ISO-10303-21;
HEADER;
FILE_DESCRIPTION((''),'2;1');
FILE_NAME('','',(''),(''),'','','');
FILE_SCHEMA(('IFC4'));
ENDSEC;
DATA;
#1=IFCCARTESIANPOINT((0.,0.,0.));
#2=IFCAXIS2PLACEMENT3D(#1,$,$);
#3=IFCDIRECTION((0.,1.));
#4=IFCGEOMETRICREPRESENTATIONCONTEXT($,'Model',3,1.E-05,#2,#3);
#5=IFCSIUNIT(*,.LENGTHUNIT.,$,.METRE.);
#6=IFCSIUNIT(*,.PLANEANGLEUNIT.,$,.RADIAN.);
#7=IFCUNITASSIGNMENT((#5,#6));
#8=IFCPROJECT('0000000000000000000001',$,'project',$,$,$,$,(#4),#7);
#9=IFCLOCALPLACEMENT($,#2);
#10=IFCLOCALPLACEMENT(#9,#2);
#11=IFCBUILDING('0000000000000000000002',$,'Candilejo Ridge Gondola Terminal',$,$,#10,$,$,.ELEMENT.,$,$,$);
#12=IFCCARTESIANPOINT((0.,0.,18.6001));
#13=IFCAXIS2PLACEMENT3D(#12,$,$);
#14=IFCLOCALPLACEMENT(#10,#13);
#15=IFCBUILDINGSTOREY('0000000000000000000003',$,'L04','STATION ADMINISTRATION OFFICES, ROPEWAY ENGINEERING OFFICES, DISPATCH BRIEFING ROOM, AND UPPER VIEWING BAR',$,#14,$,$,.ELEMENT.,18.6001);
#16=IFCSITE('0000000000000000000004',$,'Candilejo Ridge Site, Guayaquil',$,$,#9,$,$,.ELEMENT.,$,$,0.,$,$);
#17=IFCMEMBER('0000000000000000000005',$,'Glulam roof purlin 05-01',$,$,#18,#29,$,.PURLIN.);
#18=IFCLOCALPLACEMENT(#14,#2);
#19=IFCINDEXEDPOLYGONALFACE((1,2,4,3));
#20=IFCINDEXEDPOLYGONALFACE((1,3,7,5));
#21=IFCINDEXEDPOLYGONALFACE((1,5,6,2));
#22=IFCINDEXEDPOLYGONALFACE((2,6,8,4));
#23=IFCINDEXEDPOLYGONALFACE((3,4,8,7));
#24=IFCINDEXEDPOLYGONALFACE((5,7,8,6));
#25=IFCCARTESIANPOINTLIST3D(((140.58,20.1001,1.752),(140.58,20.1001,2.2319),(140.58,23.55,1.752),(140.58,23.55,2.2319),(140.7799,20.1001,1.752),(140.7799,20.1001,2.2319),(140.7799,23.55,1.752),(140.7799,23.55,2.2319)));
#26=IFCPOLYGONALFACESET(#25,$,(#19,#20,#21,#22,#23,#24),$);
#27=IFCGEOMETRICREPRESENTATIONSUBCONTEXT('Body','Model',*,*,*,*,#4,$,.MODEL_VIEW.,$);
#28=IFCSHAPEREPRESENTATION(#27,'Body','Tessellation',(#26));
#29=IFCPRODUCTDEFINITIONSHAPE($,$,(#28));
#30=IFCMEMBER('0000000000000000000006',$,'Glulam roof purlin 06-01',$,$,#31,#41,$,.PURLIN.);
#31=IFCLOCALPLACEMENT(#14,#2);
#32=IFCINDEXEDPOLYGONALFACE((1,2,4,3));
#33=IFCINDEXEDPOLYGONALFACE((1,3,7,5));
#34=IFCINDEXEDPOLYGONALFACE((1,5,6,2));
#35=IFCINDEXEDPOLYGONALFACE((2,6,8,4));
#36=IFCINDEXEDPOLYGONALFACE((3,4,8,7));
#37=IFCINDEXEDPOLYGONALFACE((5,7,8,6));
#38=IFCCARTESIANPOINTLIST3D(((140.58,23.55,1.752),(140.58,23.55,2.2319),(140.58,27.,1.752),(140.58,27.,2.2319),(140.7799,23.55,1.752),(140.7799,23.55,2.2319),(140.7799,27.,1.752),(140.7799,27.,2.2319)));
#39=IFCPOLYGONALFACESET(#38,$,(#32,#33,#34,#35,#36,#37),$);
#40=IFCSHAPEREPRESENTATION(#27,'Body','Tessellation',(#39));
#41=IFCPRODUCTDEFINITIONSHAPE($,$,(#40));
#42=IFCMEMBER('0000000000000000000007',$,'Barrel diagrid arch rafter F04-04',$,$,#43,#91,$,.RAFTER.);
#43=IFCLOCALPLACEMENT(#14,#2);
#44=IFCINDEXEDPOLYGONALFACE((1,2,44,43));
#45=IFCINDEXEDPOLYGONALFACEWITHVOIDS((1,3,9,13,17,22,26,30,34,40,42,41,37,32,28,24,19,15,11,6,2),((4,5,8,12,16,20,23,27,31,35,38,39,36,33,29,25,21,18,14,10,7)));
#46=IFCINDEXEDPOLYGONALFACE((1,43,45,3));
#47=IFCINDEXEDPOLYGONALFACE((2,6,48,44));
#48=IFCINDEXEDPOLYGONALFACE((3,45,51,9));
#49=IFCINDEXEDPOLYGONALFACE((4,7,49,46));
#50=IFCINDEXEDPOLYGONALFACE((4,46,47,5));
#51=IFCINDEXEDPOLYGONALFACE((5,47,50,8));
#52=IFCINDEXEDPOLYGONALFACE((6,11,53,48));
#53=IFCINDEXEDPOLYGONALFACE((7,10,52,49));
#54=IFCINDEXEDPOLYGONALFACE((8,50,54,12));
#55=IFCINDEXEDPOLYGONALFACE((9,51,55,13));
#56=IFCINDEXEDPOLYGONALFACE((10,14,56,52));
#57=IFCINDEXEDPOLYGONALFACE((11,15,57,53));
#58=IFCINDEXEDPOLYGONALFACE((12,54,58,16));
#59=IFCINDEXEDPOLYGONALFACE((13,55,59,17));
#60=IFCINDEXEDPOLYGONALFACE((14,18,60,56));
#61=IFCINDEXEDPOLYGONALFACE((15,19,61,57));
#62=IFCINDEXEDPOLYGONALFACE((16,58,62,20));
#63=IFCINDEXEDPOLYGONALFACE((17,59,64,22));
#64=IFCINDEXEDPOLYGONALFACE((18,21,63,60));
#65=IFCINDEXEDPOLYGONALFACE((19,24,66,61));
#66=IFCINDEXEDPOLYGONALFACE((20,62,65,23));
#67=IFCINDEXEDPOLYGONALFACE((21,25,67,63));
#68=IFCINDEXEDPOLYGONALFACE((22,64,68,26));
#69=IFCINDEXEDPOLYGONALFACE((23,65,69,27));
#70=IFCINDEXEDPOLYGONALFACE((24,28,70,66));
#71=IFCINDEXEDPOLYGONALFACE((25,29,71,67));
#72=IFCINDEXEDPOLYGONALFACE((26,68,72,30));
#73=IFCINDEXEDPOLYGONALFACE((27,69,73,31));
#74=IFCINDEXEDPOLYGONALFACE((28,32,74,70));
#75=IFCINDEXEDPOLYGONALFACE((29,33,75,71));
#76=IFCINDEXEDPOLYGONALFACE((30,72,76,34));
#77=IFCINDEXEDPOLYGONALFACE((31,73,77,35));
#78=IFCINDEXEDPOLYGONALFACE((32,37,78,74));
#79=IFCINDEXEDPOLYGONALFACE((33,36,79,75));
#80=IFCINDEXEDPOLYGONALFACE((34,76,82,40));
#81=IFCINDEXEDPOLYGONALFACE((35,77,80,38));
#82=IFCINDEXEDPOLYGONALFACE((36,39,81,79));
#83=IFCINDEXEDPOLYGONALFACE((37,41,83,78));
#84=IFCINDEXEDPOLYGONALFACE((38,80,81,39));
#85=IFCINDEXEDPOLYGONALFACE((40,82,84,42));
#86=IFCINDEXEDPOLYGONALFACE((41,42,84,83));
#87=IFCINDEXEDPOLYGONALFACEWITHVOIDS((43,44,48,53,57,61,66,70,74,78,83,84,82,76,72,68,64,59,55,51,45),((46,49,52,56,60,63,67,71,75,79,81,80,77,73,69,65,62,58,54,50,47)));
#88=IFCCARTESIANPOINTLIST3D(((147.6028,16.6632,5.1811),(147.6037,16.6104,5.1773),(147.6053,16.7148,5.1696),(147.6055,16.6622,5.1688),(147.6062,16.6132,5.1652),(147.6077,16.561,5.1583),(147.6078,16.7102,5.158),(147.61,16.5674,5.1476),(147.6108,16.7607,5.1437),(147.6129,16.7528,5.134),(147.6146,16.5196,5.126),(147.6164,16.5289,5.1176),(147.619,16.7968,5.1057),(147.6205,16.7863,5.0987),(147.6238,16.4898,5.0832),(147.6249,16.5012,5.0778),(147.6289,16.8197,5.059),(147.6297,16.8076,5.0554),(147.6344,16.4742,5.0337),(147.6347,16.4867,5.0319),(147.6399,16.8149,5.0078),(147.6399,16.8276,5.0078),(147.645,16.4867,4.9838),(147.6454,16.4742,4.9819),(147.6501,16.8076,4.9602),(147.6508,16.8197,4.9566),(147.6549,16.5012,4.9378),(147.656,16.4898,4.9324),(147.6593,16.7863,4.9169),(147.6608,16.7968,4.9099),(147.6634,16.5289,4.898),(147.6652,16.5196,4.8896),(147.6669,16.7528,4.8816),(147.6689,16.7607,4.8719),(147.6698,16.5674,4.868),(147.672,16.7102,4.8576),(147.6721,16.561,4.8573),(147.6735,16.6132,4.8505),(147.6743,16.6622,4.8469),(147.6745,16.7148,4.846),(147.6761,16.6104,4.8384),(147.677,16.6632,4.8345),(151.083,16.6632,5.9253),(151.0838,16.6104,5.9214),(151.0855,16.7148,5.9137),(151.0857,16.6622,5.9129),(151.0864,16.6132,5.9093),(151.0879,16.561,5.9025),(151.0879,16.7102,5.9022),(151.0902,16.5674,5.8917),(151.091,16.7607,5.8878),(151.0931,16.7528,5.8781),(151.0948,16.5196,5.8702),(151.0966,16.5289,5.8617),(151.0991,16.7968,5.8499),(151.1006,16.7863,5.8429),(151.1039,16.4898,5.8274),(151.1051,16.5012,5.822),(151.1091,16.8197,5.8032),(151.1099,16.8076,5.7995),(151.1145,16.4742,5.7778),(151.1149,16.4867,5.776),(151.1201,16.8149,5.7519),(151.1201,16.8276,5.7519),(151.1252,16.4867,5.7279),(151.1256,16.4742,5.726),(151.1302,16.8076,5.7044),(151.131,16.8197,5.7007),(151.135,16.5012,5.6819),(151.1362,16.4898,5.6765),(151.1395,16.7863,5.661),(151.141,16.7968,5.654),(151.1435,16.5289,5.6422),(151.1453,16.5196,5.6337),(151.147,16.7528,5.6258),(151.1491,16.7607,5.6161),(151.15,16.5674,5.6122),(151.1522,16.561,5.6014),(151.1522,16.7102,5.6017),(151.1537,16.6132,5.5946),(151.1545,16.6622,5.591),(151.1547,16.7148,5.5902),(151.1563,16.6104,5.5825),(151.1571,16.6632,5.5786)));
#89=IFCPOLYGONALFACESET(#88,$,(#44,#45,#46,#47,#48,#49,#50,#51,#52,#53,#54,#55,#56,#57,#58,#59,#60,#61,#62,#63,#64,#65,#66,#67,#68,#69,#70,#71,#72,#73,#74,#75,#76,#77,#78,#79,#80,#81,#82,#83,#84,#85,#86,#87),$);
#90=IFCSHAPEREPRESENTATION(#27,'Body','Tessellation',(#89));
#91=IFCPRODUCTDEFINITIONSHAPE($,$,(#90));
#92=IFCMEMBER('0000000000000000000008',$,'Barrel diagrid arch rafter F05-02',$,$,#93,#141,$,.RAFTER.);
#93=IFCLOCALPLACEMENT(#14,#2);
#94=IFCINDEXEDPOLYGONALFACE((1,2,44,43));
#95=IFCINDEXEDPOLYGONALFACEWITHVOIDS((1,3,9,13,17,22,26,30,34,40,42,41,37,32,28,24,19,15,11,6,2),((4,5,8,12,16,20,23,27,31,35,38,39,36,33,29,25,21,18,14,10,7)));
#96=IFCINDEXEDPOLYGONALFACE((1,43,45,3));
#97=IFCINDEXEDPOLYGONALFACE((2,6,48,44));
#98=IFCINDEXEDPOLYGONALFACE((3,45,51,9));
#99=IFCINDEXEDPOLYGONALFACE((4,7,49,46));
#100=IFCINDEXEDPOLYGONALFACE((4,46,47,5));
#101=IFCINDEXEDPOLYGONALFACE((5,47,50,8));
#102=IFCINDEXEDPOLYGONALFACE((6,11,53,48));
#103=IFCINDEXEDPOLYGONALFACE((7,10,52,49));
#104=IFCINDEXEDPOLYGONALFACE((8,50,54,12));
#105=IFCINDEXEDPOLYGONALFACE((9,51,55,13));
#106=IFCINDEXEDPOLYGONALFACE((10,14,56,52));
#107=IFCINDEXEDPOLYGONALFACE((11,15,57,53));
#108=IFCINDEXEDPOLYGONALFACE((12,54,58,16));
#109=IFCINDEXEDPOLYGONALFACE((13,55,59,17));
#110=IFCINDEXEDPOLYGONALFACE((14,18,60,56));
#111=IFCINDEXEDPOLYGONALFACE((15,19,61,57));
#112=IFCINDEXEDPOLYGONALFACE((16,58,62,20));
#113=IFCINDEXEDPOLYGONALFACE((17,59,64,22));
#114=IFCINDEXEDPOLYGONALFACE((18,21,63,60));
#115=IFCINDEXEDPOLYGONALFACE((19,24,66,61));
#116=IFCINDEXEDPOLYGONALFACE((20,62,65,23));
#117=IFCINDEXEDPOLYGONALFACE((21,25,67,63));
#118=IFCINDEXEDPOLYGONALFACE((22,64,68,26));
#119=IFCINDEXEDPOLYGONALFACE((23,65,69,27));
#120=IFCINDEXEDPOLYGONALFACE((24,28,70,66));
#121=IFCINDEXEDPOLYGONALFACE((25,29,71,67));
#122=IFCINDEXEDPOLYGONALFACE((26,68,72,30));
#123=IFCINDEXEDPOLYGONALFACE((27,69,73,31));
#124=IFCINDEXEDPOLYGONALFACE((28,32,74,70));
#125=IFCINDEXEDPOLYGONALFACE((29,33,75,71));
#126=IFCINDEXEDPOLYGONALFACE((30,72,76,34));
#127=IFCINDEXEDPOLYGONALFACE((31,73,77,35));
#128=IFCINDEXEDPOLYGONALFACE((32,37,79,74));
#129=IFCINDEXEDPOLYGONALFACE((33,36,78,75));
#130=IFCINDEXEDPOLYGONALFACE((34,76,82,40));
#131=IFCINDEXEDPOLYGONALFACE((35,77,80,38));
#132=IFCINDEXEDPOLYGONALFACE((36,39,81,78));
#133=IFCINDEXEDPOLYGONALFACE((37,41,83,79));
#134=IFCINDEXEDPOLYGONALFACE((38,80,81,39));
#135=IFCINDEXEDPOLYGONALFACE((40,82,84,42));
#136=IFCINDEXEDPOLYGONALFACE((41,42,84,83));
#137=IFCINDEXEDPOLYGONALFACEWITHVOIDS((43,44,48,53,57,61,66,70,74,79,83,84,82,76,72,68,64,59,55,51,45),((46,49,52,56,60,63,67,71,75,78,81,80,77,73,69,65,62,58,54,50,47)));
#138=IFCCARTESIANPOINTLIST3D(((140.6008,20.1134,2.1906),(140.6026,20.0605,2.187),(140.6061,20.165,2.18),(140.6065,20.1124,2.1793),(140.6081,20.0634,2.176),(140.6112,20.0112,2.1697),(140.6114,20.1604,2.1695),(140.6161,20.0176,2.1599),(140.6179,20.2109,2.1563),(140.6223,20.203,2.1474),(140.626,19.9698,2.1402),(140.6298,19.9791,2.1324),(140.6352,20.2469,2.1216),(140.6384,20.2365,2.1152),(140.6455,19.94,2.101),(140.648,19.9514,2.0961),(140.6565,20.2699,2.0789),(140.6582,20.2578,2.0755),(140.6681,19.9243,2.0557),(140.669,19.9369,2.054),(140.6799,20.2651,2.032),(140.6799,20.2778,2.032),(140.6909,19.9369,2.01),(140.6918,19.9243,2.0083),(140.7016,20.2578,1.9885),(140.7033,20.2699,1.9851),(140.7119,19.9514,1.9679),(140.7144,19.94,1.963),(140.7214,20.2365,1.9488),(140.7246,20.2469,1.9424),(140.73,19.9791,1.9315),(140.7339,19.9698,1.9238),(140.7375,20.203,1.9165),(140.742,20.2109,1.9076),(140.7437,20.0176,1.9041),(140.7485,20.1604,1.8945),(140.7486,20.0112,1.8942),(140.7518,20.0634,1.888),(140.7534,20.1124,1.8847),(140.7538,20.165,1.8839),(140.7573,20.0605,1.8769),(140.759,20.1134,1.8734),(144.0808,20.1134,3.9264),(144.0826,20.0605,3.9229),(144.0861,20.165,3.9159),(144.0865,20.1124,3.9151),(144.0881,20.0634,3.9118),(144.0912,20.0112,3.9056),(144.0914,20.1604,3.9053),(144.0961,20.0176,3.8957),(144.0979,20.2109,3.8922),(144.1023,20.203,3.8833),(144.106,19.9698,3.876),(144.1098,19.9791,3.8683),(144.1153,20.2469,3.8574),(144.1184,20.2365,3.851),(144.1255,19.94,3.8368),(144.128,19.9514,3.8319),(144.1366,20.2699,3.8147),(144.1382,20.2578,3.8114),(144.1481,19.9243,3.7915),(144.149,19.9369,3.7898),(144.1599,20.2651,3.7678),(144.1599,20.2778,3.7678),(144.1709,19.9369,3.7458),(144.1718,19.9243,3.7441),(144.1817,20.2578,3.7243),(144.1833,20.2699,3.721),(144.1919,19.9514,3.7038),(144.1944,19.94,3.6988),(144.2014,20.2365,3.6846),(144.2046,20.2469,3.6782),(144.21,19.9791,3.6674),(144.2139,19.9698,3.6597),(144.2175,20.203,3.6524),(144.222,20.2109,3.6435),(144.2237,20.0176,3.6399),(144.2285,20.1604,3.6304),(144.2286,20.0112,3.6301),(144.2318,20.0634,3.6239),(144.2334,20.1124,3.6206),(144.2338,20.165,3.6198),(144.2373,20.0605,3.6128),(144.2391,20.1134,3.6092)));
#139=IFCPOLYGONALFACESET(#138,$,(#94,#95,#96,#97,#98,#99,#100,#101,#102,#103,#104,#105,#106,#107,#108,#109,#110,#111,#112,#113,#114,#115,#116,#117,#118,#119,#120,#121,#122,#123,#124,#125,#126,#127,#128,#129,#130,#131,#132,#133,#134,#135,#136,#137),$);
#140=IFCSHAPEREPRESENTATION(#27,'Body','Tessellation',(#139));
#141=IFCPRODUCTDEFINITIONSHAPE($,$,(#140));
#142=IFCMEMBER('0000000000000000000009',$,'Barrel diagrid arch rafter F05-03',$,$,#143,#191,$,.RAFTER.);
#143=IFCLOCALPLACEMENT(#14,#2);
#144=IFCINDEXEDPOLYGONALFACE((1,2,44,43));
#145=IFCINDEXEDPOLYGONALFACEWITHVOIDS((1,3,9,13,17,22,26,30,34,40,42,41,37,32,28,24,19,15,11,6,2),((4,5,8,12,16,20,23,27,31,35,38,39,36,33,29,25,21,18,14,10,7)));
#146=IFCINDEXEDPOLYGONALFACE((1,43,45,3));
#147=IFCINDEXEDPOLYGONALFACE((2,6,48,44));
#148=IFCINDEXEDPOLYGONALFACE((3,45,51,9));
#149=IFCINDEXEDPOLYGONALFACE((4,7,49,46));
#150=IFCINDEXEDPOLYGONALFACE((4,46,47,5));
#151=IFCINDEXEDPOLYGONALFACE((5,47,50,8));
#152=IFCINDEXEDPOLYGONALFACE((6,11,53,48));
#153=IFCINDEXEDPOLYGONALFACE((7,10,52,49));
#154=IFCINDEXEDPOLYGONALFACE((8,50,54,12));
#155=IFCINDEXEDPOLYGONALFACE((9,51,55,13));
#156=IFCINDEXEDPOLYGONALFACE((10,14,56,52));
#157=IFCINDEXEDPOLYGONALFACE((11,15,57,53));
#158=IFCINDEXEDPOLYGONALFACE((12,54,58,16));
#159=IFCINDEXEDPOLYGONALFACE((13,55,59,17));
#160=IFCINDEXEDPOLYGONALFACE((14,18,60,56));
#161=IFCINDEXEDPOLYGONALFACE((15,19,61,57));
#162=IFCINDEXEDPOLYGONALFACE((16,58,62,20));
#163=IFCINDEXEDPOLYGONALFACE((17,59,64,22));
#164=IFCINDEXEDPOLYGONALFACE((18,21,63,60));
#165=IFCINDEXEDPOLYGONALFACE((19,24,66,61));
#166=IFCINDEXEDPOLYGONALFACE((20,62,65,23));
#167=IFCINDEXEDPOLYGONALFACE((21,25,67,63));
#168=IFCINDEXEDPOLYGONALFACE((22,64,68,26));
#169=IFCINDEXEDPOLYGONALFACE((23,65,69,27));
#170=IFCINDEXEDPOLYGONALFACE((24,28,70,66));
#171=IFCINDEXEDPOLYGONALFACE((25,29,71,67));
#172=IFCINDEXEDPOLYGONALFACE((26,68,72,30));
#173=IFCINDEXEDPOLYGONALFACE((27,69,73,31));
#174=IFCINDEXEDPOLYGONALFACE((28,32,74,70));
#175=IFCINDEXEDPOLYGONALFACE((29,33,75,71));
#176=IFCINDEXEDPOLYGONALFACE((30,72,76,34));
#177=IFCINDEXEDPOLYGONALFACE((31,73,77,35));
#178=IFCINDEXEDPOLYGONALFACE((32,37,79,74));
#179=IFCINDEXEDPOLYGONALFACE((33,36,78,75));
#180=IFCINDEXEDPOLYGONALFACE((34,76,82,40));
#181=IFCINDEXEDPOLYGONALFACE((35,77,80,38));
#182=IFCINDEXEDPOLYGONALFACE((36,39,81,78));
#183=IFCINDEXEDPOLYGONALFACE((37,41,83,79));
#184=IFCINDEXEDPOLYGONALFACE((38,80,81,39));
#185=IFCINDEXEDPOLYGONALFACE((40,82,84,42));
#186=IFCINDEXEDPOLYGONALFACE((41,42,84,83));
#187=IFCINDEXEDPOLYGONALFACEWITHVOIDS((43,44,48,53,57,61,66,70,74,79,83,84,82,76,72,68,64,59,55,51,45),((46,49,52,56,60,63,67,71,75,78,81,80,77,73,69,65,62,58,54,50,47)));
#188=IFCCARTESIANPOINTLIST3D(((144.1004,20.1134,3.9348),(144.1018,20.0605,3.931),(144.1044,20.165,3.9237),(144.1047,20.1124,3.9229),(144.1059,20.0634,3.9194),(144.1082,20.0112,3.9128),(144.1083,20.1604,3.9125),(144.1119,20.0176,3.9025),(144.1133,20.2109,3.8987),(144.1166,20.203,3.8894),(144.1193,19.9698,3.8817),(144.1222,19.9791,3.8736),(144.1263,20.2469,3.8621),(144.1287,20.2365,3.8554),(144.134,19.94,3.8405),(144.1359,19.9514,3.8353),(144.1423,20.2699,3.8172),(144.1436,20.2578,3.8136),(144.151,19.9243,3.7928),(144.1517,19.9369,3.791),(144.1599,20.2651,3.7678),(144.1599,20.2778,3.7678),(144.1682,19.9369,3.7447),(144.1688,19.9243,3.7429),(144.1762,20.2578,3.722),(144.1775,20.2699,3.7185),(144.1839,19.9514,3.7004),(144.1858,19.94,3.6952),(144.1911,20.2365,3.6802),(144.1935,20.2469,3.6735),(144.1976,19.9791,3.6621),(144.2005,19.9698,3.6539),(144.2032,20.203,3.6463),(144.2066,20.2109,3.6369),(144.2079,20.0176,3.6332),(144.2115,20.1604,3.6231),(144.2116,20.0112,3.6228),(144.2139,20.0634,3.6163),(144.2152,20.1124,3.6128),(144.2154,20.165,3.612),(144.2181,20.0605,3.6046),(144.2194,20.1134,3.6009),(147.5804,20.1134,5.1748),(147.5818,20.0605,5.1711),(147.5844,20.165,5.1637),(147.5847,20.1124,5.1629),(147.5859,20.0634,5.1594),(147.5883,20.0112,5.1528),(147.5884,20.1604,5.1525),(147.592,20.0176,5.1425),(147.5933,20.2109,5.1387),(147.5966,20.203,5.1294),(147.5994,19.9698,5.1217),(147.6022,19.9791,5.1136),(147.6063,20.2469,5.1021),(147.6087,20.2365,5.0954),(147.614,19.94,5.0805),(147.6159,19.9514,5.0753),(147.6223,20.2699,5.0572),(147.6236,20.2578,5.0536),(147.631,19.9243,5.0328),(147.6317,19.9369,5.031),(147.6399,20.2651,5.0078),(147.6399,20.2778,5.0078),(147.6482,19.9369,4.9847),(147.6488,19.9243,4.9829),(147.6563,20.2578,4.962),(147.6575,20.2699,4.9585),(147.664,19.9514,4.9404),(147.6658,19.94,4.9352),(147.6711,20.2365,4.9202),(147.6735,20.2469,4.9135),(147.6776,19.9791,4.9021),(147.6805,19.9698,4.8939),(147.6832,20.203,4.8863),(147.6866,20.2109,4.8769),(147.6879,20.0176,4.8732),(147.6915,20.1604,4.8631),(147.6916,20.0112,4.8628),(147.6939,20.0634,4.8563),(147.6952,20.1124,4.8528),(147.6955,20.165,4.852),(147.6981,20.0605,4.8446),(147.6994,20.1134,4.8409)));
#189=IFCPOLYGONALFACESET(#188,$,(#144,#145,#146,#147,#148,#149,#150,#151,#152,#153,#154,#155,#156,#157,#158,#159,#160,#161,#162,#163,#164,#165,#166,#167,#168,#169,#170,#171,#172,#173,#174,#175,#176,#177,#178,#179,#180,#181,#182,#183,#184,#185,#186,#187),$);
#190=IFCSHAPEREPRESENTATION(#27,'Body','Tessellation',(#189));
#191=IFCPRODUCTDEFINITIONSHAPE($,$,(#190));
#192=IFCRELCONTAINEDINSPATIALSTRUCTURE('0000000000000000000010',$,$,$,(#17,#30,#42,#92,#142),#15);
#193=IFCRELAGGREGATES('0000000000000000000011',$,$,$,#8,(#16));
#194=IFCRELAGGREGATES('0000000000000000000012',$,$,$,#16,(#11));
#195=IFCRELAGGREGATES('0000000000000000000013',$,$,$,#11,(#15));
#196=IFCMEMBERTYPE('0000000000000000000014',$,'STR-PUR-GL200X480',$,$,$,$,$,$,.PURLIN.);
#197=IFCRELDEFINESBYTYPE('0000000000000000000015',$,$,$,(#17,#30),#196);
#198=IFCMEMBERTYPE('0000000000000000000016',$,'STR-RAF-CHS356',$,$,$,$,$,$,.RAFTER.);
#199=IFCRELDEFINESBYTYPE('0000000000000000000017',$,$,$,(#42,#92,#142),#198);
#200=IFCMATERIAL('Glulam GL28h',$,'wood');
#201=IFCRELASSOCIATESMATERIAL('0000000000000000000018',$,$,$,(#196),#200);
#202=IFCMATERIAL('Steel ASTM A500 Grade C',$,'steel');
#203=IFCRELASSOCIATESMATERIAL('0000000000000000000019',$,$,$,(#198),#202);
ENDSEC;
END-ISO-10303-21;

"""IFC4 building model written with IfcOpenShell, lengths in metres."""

from ifc_helpers import new_model, si_unit, direction, frame, origin, origin_2d, place, context, subcontext, project, spatial, rectangle, hollow_circle, extrude, material, material_profile, profile_set, type_object, element, save


model = new_model("IFC4")

# Units and contexts
model_context = context("Model", 3, precision=1e-05, world=origin(), true_north=direction((0.0, 1.0)))
body_context = subcontext(model_context, "Body", "Model", "MODEL_VIEW")
ifc_project = project(units=[si_unit("LENGTHUNIT", "METRE"), si_unit("PLANEANGLEUNIT", "RADIAN")], contexts=[model_context])

# Site, building, storey
site_placement = place(None, origin())
site = spatial("IfcSite", under=ifc_project, at=site_placement, Name="Candilejo Ridge Site, Guayaquil", CompositionType="ELEMENT", RefElevation=0.0)
building_placement = place(site_placement, origin())
building = spatial("IfcBuilding", under=site, at=building_placement, Name="Candilejo Ridge Gondola Terminal", CompositionType="ELEMENT")
storey_placement = place(building_placement, frame((0.0, 0.0, 18.6001)))
storey = spatial("IfcBuildingStorey", under=building, at=storey_placement, Name="L04", Description="STATION ADMINISTRATION OFFICES, ROPEWAY ENGINEERING OFFICES, DISPATCH BRIEFING ROOM, AND UPPER VIEWING BAR", CompositionType="ELEMENT", Elevation=18.6001)

# Members
ifc_material_1 = material(Name="Glulam GL28h", Category="wood")
ifc_material_profile_1 = material_profile(ifc_material_1, rectangle(XDim=0.2, YDim=0.48, at=origin_2d()))
ifc_profile_set_1 = profile_set([ifc_material_profile_1], Name="Glulam GL28h")
member_type_1 = type_object("IfcMemberType", Name="STR-PUR-GL200X480", PredefinedType="PURLIN", material=ifc_profile_set_1)
for number, where, z_axis, x_axis, name in (
    (1, (140.6799, 20.1001, 1.9919), (0.0, 1.0, 0.0), (-1.0, 0.0, 0.0), "Glulam roof purlin 05-01"),
    (2, (140.6799, 23.55, 1.9919), (0.0, 1.0, 0.0), (-1.0, 0.0, 0.0), "Glulam roof purlin 06-01"),
):
    element("IfcMember", number, at=place(storey_placement, frame(where, z_axis=z_axis, x_axis=x_axis)), inside=storey, type_object=member_type_1, Name=name, PredefinedType="PURLIN", context=body_context, shape_type="SweptSolid", body=[
        extrude(rectangle(XDim=0.2, YDim=0.48, at=origin_2d()), origin(), (0.0, 0.0, 1.0), 3.45),
    ])
ifc_material_2 = material(Name="Steel ASTM A500 Grade C", Category="steel")
ifc_material_profile_2 = material_profile(ifc_material_2, hollow_circle(Radius=0.1777, WallThickness=0.0127, at=origin_2d()))
ifc_profile_set_2 = profile_set([ifc_material_profile_2], Name="Steel ASTM A500 Grade C")
member_type_2 = type_object("IfcMemberType", Name="STR-RAF-CHS356", PredefinedType="RAFTER", material=ifc_profile_set_2)
member_1_placement = place(storey_placement, frame((147.6399, 16.6499, 5.0078), z_axis=(0.977896, 0.0, 0.209093), x_axis=(0.0, 1.0, 0.0)))
element("IfcMember", 3, at=member_1_placement, inside=storey, type_object=member_type_2, Name="Barrel diagrid arch rafter F04-04", PredefinedType="RAFTER", context=body_context, shape_type="SweptSolid", body=[
    extrude(hollow_circle(Radius=0.1777, WallThickness=0.0127, at=origin_2d()), origin(), (0.0, 0.0, 1.0), 3.5588),
])
member_2_placement = place(storey_placement, frame((140.6799, 20.1001, 2.032), z_axis=(0.894854, 0.0, 0.44636), x_axis=(0.0, 1.0, 0.0)))
element("IfcMember", 4, at=member_2_placement, inside=storey, type_object=member_type_2, Name="Barrel diagrid arch rafter F05-02", PredefinedType="RAFTER", context=body_context, shape_type="SweptSolid", body=[
    extrude(hollow_circle(Radius=0.1777, WallThickness=0.0127, at=origin_2d()), origin(), (0.0, 0.0, 1.0), 3.8889),
])
member_3_placement = place(storey_placement, frame((144.1599, 20.1001, 3.7678), z_axis=(0.941987, 0.0, 0.33565), x_axis=(0.0, 1.0, 0.0)))
element("IfcMember", 5, at=member_3_placement, inside=storey, type_object=member_type_2, Name="Barrel diagrid arch rafter F05-03", PredefinedType="RAFTER", context=body_context, shape_type="SweptSolid", body=[
    extrude(hollow_circle(Radius=0.1777, WallThickness=0.0127, at=origin_2d()), origin(), (0.0, 0.0, 1.0), 3.6943),
])

save(model, "model.ifc")
